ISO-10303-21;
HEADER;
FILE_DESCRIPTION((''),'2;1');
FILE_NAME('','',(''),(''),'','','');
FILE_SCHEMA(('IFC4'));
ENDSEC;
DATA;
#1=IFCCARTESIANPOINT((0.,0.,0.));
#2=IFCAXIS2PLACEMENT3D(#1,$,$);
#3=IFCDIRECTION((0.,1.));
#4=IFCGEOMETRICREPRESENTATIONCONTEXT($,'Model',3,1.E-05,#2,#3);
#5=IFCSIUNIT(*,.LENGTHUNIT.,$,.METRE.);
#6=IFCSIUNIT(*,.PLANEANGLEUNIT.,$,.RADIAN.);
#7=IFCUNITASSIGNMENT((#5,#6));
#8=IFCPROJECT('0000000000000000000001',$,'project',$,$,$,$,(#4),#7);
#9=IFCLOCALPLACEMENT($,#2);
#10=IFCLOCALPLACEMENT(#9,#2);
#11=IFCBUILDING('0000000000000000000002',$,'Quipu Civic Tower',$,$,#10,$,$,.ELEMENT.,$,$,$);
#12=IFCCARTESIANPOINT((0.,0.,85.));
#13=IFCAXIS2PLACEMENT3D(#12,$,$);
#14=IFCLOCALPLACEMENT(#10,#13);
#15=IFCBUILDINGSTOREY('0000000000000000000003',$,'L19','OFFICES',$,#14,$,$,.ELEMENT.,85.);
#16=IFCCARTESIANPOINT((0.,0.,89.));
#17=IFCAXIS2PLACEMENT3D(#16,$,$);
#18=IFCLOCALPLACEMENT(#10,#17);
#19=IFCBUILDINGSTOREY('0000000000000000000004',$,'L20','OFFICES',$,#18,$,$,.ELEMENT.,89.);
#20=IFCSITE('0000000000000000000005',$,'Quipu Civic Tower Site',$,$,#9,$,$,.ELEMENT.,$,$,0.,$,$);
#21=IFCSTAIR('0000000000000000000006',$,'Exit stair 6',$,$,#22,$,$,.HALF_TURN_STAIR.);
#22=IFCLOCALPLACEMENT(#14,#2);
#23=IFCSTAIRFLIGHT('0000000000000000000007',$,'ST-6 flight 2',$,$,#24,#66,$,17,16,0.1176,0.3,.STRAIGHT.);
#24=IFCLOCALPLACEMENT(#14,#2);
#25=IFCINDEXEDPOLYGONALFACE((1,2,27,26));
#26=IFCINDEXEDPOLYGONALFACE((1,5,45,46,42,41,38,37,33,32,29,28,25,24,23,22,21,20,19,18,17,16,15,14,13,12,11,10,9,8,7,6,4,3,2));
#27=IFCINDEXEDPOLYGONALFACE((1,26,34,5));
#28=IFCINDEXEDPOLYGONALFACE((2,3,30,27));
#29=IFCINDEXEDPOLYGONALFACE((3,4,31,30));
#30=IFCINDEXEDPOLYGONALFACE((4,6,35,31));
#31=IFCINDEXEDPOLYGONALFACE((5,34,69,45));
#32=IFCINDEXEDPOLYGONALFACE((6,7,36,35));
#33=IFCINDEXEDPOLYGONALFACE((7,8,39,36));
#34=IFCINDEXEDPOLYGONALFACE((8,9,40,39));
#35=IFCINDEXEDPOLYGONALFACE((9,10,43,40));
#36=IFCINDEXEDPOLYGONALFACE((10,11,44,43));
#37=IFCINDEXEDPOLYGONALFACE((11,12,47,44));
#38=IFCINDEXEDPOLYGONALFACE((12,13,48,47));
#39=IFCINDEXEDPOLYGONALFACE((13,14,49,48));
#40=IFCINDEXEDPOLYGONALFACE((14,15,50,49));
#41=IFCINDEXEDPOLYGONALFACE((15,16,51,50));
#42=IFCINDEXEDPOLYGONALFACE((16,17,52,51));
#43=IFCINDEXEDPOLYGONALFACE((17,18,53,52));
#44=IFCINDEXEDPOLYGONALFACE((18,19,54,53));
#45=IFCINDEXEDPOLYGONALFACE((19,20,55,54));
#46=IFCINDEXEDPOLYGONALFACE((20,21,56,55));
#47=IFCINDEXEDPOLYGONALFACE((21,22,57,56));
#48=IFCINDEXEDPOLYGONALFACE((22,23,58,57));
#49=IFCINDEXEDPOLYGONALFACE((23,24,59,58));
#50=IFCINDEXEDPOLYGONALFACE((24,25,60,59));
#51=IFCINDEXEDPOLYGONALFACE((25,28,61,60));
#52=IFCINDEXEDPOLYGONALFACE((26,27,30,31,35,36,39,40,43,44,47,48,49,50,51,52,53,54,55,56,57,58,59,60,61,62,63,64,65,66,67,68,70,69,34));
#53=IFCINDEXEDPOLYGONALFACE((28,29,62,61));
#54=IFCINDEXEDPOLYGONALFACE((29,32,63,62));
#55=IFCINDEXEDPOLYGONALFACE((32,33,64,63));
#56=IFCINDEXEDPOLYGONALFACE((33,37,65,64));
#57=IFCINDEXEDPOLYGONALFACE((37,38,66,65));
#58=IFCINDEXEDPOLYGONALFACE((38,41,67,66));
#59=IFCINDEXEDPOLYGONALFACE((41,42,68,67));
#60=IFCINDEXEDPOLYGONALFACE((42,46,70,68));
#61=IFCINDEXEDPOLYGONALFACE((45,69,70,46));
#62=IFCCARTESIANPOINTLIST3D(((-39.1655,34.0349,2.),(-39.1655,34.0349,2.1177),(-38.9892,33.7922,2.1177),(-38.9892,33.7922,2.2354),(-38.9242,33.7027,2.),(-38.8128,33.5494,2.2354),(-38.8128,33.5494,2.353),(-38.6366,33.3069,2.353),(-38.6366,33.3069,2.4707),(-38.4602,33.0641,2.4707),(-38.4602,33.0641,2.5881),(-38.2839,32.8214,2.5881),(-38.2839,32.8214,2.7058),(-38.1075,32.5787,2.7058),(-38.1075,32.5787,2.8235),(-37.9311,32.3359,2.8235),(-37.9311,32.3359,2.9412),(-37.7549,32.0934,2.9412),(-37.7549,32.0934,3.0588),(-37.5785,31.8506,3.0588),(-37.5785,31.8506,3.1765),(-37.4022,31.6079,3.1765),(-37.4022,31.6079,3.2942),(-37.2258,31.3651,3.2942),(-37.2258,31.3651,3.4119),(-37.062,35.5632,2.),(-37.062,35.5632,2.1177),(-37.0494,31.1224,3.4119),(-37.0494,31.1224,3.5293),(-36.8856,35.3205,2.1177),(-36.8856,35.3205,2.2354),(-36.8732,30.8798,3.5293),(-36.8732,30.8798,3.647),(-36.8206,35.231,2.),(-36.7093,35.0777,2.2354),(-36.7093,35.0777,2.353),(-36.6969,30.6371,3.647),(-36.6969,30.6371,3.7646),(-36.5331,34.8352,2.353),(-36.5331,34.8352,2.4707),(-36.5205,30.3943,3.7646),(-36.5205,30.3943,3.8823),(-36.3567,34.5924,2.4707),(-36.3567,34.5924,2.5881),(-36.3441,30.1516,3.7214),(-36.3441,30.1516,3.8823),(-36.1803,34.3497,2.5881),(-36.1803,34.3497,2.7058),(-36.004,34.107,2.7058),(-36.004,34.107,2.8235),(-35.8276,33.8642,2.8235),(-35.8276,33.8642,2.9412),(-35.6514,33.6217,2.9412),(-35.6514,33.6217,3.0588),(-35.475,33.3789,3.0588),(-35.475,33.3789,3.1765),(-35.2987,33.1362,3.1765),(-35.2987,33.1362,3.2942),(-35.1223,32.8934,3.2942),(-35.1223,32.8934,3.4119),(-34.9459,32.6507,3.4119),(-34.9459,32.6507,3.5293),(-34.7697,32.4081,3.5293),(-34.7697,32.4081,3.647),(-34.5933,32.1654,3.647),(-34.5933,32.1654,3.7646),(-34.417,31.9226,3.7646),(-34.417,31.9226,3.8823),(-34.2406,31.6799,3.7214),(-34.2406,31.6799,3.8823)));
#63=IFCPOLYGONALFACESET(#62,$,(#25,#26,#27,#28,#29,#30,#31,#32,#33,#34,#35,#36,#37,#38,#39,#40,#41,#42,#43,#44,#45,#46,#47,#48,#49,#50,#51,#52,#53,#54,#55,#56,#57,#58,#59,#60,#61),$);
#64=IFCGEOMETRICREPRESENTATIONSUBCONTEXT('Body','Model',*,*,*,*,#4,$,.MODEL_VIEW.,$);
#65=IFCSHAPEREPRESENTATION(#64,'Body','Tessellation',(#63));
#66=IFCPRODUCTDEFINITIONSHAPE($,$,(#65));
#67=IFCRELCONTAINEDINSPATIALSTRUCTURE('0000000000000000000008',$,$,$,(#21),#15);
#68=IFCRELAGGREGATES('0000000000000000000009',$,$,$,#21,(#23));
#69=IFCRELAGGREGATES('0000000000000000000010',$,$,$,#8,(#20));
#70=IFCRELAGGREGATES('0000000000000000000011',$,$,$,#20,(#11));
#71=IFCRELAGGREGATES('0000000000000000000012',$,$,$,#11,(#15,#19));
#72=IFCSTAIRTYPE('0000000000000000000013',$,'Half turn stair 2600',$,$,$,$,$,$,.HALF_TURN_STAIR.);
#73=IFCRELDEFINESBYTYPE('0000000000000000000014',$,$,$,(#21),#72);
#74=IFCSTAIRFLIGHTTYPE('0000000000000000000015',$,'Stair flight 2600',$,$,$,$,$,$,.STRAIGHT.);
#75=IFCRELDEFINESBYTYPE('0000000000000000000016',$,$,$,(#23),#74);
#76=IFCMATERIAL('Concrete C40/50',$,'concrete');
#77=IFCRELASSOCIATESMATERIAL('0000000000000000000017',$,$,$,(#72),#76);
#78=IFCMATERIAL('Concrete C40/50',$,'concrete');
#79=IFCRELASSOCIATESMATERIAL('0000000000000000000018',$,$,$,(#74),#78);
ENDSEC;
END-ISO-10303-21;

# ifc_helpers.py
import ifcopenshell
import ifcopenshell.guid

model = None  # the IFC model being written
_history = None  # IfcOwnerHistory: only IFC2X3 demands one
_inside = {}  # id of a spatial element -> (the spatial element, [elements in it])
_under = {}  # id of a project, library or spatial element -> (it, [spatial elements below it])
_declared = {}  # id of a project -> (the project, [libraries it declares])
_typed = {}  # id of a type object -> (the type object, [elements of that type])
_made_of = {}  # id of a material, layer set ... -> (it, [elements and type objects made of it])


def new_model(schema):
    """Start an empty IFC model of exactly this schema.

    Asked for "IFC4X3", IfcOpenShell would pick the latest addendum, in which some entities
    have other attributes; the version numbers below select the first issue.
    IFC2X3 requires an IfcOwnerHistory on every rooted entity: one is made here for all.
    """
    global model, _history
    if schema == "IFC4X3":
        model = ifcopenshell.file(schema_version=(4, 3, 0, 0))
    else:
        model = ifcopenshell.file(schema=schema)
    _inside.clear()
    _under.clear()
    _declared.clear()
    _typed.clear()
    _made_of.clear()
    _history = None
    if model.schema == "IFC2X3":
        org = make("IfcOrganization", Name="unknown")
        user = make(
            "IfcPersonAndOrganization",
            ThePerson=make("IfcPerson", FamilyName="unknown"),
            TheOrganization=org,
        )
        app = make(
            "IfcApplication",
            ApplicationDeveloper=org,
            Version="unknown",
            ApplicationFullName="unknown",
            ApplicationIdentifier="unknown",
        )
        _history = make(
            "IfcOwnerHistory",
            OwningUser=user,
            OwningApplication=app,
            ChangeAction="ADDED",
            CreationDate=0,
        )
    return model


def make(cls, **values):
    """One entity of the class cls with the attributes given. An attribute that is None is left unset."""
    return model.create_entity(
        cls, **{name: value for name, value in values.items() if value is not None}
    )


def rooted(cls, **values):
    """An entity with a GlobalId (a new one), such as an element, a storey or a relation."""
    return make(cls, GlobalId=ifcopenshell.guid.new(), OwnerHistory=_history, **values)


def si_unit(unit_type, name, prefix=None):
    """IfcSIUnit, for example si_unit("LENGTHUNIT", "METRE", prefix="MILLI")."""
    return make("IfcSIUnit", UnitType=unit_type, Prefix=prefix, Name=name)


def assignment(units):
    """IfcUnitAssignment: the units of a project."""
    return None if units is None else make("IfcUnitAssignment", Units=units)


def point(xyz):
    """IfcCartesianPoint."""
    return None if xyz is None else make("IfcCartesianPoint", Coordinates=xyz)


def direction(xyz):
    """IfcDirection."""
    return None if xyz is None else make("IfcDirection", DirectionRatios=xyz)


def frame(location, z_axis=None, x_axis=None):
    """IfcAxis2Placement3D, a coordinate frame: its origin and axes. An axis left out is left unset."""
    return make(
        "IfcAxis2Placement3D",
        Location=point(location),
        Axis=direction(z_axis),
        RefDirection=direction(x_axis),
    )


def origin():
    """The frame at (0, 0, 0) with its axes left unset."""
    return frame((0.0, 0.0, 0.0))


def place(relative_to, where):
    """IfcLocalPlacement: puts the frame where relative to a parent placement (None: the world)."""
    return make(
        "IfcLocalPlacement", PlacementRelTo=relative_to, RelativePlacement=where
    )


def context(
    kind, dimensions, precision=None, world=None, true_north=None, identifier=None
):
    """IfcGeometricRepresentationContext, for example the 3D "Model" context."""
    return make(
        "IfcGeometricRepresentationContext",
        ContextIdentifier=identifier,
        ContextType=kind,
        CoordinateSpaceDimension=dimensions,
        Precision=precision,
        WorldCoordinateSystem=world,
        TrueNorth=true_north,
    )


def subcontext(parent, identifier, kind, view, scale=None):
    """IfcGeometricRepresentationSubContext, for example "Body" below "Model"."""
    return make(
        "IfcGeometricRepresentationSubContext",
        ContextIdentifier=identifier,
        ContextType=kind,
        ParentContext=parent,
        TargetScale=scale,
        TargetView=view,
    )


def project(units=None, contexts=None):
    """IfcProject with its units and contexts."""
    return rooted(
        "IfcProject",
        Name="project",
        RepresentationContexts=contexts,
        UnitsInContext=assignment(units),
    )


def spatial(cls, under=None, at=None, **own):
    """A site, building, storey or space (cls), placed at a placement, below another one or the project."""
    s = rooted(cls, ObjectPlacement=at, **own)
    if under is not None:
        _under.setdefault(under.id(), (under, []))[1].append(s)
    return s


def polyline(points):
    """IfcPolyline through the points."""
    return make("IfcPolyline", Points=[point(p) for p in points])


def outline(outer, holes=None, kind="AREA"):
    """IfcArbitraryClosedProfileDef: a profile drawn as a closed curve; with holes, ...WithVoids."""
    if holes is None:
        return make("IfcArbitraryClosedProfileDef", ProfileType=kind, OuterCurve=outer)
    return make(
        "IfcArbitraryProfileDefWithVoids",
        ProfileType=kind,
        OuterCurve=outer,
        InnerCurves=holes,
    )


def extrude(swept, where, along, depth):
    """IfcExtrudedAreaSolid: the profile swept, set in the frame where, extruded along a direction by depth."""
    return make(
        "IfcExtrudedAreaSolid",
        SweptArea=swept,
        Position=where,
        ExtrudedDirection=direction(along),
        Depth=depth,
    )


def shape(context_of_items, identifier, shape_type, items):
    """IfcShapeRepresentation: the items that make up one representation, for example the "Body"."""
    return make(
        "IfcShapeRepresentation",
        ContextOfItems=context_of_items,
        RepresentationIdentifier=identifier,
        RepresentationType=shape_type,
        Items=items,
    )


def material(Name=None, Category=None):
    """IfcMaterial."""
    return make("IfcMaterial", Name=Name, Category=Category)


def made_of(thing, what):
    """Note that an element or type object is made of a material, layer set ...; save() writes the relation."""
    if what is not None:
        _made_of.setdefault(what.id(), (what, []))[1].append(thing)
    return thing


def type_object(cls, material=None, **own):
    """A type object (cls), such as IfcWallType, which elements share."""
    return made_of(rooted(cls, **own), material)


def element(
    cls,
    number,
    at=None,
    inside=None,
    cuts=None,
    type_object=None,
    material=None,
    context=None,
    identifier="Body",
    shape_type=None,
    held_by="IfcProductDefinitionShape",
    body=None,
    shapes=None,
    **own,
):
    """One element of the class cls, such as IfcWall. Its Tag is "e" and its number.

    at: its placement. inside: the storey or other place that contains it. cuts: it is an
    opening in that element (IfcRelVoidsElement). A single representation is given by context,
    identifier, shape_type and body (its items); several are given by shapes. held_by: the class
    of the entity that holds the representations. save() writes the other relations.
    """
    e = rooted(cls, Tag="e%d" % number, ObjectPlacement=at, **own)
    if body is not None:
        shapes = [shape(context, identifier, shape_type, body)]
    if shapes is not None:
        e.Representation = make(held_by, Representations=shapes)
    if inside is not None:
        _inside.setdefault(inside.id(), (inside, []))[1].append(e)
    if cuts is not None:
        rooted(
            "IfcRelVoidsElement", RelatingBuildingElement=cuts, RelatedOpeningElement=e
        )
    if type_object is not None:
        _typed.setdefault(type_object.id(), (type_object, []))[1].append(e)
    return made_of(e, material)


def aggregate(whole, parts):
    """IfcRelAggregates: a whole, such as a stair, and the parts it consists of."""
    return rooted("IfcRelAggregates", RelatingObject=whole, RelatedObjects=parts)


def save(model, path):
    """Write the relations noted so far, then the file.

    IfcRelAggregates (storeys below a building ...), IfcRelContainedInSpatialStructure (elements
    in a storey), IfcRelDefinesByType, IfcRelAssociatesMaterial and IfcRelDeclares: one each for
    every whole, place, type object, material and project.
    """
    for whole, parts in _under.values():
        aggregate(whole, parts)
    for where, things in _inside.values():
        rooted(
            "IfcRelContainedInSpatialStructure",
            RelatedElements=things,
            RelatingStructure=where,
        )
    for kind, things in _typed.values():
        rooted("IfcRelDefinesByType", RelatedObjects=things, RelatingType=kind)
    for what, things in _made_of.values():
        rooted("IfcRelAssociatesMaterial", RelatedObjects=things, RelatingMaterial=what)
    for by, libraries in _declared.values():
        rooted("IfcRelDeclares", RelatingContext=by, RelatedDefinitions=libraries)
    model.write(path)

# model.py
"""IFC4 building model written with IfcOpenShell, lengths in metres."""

from ifc_helpers import new_model, si_unit, direction, frame, origin, place, context, subcontext, project, spatial, polyline, outline, extrude, material, type_object, element, aggregate, save


model = new_model("IFC4")

# Units and contexts
model_context = context("Model", 3, precision=1e-05, world=origin(), true_north=direction((0.0, 1.0)))
body_context = subcontext(model_context, "Body", "Model", "MODEL_VIEW")
ifc_project = project(units=[si_unit("LENGTHUNIT", "METRE"), si_unit("PLANEANGLEUNIT", "RADIAN")], contexts=[model_context])

# Site, building, storey
site_placement = place(None, origin())
site = spatial("IfcSite", under=ifc_project, at=site_placement, Name="Quipu Civic Tower Site", CompositionType="ELEMENT", RefElevation=0.0)
building_placement = place(site_placement, origin())
building = spatial("IfcBuilding", under=site, at=building_placement, Name="Quipu Civic Tower", CompositionType="ELEMENT")
storey_1_placement = place(building_placement, frame((0.0, 0.0, 85.0)))
storey_1 = spatial("IfcBuildingStorey", under=building, at=storey_1_placement, Name="L19", Description="OFFICES", CompositionType="ELEMENT", Elevation=85.0)

# Shared definitions
storey_2_placement = place(building_placement, frame((0.0, 0.0, 89.0)))
storey_2 = spatial("IfcBuildingStorey", under=building, at=storey_2_placement, Name="L20", Description="OFFICES", CompositionType="ELEMENT", Elevation=89.0)

# Stair, stair flight
ifc_material_1 = material(Name="Concrete C40/50", Category="concrete")
stair_type = type_object("IfcStairType", Name="Half turn stair 2600", PredefinedType="HALF_TURN_STAIR", material=ifc_material_1)
stair_placement = place(storey_1_placement, origin())
stair = element("IfcStair", 1, at=stair_placement, inside=storey_1, type_object=stair_type, Name="Exit stair 6", PredefinedType="HALF_TURN_STAIR")
ifc_material_2 = material(Name="Concrete C40/50", Category="concrete")
stair_flight_type = type_object("IfcStairFlightType", Name="Stair flight 2600", PredefinedType="STRAIGHT", material=ifc_material_2)
stair_flight_1_placement = place(storey_1_placement, frame((-38.1138, 34.7991, 2.0), z_axis=(0.0, 0.0, 1.0), x_axis=(0.587785, -0.809017, 0.0)))
stair_flight_1 = element("IfcStairFlight", 2, at=stair_flight_1_placement, type_object=stair_flight_type, Name="ST-6 flight 2", NumberOfRisers=17, NumberOfTreads=16, PredefinedType="STRAIGHT", RiserHeight=0.1176, TreadLength=0.3, context=body_context, shape_type="SweptSolid", body=[
    extrude(outline(polyline([(0.0, 0.0), (0.0, 0.1177), (0.3, 0.1177), (0.3, 0.2354), (0.6001, 0.2354), (0.6001, 0.353), (0.8999, 0.353), (0.8999, 0.4707), (1.2, 0.4707), (1.2, 0.5881), (1.5, 0.5881), (1.5, 0.7058), (1.8, 0.7058), (1.8, 0.8235), (2.1001, 0.8235), (2.1001, 0.9412), (2.3999, 0.9412), (2.3999, 1.0588), (2.7, 1.0588), (2.7, 1.1765), (3.0, 1.1765), (3.0, 1.2942), (3.3, 1.2942), (3.3, 1.4119), (3.6001, 1.4119), (3.6001, 1.5293), (3.8999, 1.5293), (3.8999, 1.647), (4.2, 1.647), (4.2, 1.7646), (4.5, 1.7646), (4.5, 1.8823), (4.8, 1.8823), (4.8, 2.0), (4.8, 1.7214), (0.4106, 0.0), (0.0, 0.0)])), frame((0.0, 1.3, 0.0), z_axis=(0.0, -1.0, 0.0), x_axis=(1.0, 0.0, 0.0)), (0.0, 0.0, 1.0), 2.6001),
])
aggregate(stair, [stair_flight_1])

save(model, "model.ifc")
